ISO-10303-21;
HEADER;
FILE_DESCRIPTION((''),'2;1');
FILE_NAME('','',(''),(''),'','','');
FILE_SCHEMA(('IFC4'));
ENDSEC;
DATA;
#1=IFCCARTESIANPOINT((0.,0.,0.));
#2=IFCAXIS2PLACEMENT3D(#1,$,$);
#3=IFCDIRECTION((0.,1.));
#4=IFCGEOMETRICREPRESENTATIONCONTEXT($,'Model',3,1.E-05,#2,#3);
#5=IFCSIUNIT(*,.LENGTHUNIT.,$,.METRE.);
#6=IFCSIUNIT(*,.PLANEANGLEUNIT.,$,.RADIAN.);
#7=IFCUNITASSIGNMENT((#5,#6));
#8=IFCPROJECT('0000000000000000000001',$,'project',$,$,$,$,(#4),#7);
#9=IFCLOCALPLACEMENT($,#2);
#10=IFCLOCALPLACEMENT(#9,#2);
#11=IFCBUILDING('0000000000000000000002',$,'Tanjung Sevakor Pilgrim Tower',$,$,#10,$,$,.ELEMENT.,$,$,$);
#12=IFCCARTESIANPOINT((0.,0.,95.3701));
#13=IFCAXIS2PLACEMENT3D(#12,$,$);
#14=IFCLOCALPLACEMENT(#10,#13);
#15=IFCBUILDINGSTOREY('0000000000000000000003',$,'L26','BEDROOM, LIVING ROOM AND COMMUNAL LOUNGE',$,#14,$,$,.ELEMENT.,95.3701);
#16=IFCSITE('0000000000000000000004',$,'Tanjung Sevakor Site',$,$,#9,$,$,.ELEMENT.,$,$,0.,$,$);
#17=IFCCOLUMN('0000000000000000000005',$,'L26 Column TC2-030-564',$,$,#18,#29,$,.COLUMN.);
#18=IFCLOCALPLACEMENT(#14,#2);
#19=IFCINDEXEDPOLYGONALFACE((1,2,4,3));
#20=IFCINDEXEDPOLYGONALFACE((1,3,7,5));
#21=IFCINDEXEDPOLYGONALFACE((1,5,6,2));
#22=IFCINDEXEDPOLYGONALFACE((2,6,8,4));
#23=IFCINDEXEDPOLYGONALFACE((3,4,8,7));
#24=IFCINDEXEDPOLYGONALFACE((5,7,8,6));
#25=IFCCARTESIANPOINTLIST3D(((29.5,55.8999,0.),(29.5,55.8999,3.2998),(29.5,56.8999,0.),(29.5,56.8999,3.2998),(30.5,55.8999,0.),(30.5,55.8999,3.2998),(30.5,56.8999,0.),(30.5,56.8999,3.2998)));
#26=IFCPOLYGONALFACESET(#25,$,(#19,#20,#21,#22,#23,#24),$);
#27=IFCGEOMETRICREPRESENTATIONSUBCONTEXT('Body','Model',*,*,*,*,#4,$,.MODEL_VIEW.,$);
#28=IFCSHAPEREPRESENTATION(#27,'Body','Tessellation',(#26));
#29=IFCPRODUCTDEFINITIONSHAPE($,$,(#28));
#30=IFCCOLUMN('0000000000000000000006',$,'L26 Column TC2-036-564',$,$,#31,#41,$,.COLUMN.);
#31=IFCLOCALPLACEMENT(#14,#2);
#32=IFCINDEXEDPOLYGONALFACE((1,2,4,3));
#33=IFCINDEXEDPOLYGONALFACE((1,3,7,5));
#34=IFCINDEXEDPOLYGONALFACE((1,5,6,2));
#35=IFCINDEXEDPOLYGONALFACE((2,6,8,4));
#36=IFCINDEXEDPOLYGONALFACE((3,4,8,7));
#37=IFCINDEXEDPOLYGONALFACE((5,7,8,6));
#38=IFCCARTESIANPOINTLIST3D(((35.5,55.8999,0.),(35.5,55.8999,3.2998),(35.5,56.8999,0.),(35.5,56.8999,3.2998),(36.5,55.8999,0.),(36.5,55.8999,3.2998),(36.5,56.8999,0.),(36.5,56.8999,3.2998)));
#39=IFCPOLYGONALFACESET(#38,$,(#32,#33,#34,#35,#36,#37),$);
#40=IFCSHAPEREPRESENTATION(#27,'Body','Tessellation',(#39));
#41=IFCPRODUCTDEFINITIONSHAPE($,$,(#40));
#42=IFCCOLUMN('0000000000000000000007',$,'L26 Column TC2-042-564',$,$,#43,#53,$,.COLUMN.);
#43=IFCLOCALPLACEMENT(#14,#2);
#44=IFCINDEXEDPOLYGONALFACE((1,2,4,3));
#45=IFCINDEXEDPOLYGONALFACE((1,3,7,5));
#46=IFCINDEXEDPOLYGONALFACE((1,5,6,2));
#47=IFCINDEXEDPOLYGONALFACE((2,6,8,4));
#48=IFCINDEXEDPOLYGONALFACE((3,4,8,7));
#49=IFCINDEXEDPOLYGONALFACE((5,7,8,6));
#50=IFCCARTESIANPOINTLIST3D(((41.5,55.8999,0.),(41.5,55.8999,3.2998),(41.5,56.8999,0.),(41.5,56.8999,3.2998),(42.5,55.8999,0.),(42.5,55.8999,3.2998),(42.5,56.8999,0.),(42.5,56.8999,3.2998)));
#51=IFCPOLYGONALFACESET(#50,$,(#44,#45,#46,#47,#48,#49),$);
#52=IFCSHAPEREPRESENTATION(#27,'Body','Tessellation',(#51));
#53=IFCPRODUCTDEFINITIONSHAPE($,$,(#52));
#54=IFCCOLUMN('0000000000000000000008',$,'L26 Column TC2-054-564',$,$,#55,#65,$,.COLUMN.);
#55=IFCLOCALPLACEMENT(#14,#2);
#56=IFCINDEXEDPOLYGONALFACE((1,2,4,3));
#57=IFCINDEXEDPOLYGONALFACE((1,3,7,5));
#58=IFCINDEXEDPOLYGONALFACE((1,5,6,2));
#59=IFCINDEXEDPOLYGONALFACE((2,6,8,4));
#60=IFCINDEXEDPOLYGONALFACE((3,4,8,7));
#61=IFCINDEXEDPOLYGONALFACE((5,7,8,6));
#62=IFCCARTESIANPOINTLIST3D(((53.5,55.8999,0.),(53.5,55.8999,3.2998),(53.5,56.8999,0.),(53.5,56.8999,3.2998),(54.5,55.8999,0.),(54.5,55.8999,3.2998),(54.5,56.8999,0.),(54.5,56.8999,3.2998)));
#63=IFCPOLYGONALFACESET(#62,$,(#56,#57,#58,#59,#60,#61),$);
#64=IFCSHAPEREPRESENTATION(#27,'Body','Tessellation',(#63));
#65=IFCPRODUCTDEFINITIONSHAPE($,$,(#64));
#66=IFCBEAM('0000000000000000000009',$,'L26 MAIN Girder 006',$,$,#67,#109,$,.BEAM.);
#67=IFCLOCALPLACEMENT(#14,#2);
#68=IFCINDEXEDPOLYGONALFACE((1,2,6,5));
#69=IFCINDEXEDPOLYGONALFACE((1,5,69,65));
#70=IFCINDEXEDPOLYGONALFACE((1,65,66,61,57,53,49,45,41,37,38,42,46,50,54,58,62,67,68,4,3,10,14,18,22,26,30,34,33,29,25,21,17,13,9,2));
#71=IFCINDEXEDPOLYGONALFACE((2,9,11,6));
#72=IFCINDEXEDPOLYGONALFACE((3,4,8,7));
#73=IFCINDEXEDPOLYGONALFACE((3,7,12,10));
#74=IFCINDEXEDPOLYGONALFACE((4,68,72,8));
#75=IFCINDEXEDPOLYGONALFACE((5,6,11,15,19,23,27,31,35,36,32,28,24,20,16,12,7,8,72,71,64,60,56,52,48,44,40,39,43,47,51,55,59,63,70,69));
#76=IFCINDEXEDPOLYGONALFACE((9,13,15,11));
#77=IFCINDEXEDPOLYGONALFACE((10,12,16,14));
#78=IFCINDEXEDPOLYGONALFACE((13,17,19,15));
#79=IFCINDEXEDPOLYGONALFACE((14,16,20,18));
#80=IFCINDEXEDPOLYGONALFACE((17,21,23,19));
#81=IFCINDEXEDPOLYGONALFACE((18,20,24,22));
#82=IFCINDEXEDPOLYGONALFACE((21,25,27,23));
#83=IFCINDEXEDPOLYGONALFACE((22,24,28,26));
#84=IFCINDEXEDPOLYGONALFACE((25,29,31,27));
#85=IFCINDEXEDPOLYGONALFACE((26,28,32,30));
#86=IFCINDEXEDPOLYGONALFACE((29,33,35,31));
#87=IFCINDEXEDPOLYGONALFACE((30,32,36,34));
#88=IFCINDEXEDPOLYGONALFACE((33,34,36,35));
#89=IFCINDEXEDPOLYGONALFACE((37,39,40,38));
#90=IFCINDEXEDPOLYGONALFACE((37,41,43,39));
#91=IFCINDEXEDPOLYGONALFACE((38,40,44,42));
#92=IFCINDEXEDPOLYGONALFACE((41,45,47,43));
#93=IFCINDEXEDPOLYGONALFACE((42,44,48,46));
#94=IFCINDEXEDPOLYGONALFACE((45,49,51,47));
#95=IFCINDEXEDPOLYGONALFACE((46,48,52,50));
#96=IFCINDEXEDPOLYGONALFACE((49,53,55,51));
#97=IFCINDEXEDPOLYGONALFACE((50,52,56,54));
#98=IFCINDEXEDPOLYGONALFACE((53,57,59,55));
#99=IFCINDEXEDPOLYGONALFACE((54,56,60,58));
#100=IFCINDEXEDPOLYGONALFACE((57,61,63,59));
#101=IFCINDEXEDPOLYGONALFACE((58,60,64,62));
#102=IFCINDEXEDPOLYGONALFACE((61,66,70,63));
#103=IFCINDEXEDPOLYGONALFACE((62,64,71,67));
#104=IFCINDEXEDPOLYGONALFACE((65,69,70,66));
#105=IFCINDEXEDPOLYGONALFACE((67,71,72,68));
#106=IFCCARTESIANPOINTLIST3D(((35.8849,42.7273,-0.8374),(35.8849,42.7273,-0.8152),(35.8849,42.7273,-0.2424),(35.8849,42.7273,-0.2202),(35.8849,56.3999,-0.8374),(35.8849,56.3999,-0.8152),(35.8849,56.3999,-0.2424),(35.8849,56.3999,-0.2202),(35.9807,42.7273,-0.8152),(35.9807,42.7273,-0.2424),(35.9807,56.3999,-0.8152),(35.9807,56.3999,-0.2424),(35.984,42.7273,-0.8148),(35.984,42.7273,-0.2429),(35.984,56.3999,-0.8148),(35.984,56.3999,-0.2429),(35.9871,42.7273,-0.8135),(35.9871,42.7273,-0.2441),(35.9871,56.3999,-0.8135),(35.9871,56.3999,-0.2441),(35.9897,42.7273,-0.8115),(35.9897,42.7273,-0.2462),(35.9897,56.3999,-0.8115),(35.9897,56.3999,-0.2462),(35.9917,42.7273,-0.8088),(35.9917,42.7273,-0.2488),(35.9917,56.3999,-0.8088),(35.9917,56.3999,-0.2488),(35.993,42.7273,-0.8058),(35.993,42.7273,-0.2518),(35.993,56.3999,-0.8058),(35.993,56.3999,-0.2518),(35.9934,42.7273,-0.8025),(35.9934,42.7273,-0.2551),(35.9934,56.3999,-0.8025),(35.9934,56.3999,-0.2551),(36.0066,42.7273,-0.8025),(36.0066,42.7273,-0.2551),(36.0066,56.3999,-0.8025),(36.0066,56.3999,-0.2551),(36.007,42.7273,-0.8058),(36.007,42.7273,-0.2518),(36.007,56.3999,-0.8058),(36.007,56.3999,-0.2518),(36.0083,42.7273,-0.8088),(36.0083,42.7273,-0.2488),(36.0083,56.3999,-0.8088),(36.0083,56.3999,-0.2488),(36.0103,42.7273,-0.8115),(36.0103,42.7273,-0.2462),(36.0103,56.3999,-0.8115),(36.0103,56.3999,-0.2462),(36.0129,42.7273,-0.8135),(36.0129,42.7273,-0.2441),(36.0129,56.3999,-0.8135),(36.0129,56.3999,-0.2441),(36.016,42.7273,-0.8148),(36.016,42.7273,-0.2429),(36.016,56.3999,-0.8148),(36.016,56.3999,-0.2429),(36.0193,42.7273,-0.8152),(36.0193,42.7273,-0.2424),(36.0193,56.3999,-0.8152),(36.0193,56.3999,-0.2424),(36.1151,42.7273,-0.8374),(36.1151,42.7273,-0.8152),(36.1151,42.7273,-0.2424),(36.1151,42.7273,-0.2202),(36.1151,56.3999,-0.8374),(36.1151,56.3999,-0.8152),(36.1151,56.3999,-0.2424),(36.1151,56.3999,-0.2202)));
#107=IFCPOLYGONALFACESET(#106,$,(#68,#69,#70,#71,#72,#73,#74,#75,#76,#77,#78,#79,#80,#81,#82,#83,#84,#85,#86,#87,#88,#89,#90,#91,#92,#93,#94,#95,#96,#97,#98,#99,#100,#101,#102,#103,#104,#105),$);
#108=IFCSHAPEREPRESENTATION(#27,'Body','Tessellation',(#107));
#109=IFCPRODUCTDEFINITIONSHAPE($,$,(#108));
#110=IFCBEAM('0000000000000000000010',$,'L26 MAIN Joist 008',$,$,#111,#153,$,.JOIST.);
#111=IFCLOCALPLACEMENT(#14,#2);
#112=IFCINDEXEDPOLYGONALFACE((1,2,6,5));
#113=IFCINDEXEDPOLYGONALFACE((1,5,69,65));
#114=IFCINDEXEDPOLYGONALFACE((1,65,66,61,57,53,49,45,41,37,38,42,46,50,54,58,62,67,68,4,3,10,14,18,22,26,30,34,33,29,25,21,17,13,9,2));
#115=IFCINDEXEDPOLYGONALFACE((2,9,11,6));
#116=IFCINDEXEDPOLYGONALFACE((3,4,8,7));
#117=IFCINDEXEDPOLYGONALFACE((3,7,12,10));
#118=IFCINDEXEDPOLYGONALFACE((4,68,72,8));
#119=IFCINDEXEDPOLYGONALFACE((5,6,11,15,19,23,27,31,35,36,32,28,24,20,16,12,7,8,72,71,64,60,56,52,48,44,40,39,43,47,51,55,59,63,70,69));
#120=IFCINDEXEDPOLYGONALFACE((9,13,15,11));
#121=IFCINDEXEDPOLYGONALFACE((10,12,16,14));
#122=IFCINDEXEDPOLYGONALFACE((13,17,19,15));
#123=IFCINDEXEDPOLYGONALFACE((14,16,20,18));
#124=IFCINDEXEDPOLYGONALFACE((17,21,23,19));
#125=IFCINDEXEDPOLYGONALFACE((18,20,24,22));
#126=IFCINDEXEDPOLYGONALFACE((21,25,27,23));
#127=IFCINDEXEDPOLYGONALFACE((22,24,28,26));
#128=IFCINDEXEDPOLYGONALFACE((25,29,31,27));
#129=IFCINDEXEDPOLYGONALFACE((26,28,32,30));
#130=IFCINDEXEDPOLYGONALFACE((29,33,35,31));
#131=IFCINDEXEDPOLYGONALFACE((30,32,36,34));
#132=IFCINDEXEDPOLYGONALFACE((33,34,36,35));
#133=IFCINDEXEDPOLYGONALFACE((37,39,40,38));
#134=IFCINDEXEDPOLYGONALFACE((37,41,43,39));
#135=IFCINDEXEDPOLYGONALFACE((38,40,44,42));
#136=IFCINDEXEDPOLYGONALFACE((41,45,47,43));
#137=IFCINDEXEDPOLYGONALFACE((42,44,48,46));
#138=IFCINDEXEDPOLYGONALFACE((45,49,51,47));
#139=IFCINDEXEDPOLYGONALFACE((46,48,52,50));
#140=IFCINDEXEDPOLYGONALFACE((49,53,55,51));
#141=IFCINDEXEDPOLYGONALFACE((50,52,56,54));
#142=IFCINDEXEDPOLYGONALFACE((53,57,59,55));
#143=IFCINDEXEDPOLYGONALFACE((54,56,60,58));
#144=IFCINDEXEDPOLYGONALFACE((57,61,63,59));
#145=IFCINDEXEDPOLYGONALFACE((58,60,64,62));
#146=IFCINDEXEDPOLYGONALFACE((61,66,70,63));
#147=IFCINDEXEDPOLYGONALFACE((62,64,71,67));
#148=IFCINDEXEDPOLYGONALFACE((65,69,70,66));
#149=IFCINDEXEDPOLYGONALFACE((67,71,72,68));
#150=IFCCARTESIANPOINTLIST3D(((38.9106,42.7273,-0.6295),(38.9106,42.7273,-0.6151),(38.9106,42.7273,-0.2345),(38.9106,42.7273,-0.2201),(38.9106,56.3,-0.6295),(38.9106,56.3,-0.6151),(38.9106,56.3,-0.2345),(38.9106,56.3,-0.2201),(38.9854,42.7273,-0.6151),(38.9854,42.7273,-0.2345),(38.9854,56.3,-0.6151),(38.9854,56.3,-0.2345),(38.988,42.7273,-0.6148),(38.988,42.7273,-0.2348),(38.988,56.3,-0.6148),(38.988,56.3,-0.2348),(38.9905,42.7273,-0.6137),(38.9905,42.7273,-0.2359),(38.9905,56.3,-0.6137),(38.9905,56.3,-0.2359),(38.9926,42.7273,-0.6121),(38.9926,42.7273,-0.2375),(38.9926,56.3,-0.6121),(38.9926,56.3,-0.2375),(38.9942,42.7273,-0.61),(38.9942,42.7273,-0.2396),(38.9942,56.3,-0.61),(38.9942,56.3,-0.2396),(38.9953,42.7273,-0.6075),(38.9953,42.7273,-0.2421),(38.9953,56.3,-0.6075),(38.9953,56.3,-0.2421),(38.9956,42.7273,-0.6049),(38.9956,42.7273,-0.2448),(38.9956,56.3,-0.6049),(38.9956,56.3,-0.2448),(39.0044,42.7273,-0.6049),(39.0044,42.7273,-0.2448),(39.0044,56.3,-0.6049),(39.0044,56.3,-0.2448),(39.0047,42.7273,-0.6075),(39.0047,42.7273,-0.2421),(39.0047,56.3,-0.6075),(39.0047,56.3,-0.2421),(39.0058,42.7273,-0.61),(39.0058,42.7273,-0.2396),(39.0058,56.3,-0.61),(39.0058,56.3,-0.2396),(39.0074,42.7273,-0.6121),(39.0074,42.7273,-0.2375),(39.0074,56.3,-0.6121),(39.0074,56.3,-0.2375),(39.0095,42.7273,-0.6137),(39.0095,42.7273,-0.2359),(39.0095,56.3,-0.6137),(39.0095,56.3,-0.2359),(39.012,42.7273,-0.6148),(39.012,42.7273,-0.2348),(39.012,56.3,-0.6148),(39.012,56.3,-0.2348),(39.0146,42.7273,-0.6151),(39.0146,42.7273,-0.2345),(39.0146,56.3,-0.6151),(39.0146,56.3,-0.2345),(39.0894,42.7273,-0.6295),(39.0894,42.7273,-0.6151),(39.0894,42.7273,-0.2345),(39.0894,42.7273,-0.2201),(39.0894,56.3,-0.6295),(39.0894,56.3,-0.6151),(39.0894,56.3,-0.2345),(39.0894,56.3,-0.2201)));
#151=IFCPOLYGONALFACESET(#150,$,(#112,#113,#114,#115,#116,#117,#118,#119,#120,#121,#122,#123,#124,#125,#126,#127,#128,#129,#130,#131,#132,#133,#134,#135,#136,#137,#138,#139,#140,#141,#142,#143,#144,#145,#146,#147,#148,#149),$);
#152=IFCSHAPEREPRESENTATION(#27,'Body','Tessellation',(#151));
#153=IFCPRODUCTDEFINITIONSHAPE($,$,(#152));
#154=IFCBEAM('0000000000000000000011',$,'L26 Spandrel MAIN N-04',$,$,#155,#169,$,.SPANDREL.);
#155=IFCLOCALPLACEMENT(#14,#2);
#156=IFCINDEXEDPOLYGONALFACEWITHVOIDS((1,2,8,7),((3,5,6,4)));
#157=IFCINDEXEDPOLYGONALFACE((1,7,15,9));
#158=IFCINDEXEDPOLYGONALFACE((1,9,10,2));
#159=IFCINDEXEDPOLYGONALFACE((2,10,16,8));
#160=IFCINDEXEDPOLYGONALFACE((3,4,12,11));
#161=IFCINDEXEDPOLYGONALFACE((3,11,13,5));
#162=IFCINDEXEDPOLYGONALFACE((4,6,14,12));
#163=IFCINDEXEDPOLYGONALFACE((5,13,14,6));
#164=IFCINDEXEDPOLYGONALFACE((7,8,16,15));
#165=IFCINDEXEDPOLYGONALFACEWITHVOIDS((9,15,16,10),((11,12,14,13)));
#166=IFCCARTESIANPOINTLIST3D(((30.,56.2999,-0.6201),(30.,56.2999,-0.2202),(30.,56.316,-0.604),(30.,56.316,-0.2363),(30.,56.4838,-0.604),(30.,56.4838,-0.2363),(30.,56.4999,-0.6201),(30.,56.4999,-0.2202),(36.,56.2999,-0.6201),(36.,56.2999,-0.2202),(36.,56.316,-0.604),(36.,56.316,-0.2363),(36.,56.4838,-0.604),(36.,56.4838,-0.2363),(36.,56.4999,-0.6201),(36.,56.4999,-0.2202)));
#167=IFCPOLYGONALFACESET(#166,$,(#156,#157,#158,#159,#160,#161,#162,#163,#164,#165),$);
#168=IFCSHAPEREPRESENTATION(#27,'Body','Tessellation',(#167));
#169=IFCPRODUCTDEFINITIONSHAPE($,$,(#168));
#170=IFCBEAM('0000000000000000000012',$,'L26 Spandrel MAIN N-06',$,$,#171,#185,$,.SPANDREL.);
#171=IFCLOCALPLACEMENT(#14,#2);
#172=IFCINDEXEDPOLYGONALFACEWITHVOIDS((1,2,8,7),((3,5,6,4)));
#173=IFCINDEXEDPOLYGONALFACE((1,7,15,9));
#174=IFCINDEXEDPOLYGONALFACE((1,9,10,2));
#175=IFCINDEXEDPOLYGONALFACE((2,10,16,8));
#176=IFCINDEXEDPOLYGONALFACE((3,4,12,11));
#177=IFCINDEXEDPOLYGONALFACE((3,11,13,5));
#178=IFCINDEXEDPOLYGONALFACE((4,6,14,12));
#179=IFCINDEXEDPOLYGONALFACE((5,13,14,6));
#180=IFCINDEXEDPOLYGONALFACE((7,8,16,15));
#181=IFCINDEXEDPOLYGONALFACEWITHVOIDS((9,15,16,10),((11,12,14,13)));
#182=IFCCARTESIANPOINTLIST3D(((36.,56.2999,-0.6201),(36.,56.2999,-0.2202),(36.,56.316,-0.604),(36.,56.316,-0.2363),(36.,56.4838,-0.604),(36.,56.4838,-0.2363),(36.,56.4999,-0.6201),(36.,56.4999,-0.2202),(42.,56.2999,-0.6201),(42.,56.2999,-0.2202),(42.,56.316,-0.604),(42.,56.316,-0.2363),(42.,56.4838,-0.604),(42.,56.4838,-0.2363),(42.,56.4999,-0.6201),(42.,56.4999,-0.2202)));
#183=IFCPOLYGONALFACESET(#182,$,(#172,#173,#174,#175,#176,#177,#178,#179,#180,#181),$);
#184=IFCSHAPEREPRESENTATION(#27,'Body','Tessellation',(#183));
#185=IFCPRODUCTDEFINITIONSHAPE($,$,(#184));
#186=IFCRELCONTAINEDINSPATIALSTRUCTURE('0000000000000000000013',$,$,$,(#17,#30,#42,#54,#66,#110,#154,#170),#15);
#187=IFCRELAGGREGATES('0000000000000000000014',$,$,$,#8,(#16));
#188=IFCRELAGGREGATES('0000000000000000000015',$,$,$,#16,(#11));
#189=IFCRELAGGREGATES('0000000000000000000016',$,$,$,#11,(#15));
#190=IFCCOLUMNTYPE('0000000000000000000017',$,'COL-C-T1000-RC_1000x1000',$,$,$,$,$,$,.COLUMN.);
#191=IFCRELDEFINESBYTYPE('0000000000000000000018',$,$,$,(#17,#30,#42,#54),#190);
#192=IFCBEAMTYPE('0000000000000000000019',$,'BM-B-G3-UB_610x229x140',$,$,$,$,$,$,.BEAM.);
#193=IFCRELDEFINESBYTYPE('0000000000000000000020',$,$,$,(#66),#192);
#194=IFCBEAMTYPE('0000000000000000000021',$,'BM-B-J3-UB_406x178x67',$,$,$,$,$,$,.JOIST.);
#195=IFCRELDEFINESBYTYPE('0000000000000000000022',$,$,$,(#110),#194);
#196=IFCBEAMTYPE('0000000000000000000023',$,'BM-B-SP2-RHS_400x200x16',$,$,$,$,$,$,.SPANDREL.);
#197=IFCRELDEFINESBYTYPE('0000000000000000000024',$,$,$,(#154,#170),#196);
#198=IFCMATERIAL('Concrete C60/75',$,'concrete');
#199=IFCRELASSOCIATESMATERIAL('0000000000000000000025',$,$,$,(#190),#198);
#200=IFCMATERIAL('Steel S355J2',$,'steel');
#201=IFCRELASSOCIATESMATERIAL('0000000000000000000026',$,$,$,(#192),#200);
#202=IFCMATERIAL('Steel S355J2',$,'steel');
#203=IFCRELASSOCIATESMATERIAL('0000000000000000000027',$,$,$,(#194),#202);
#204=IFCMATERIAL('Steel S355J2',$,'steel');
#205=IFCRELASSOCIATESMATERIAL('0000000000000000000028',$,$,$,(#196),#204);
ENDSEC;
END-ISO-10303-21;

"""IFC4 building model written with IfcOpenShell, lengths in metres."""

from ifc_helpers import new_model, si_unit, direction, frame, origin, origin_2d, place, context, subcontext, project, spatial, rectangle, hollow_rectangle, i_section, extrude, material, material_profile, profile_set, type_object, element, save


model = new_model("IFC4")

# Units and contexts
model_context = context("Model", 3, precision=1e-05, world=origin(), true_north=direction((0.0, 1.0)))
body_context = subcontext(model_context, "Body", "Model", "MODEL_VIEW")
ifc_project = project(units=[si_unit("LENGTHUNIT", "METRE"), si_unit("PLANEANGLEUNIT", "RADIAN")], contexts=[model_context])

# Site, building, storey
site_placement = place(None, origin())
site = spatial("IfcSite", under=ifc_project, at=site_placement, Name="Tanjung Sevakor Site", CompositionType="ELEMENT", RefElevation=0.0)
building_placement = place(site_placement, origin())
building = spatial("IfcBuilding", under=site, at=building_placement, Name="Tanjung Sevakor Pilgrim Tower", CompositionType="ELEMENT")
storey_placement = place(building_placement, frame((0.0, 0.0, 95.3701)))
storey = spatial("IfcBuildingStorey", under=building, at=storey_placement, Name="L26", Description="BEDROOM, LIVING ROOM AND COMMUNAL LOUNGE", CompositionType="ELEMENT", Elevation=95.3701)

# Columns
ifc_material_1 = material(Name="Concrete C60/75", Category="concrete")
ifc_material_profile_1 = material_profile(ifc_material_1, rectangle(XDim=1.0, YDim=1.0, at=origin_2d()))
ifc_profile_set_1 = profile_set([ifc_material_profile_1], Name="Concrete C60/75")
column_type = type_object("IfcColumnType", Name="COL-C-T1000-RC_1000x1000", PredefinedType="COLUMN", material=ifc_profile_set_1)
for number, where, z_axis, x_axis, name in (
    (1, (30.0, 56.3999, 0.0), (0.0, 0.0, 1.0), (1.0, 0.0, 0.0), "L26 Column TC2-030-564"),
    (2, (36.0, 56.3999, 0.0), (0.0, 0.0, 1.0), (1.0, 0.0, 0.0), "L26 Column TC2-036-564"),
    (3, (42.0, 56.3999, 0.0), (0.0, 0.0, 1.0), (1.0, 0.0, 0.0), "L26 Column TC2-042-564"),
    (4, (54.0, 56.3999, 0.0), (0.0, 0.0, 1.0), (1.0, 0.0, 0.0), "L26 Column TC2-054-564"),
):
    element("IfcColumn", number, at=place(storey_placement, frame(where, z_axis=z_axis, x_axis=x_axis)), inside=storey, type_object=column_type, Name=name, PredefinedType="COLUMN", context=body_context, shape_type="SweptSolid", body=[
        extrude(rectangle(XDim=1.0, YDim=1.0, at=origin_2d()), origin(), (0.0, 0.0, 1.0), 3.2998),
    ])

# Beams
ifc_material_2 = material(Name="Steel S355J2", Category="steel")
ifc_material_profile_2 = material_profile(ifc_material_2, i_section(OverallWidth=0.2302, OverallDepth=0.6172, WebThickness=0.0132, FlangeThickness=0.0222, FilletRadius=0.0127, at=origin_2d()))
ifc_profile_set_2 = profile_set([ifc_material_profile_2], Name="Steel S355J2")
beam_type_1 = type_object("IfcBeamType", Name="BM-B-G3-UB_610x229x140", PredefinedType="BEAM", material=ifc_profile_set_2)
beam_1_placement = place(storey_placement, frame((36.0, 42.7273, -0.5288), z_axis=(0.0, 1.0, 0.0), x_axis=(-1.0, 0.0, 0.0)))
element("IfcBeam", 5, at=beam_1_placement, inside=storey, type_object=beam_type_1, Name="L26 MAIN Girder 006", PredefinedType="BEAM", context=body_context, shape_type="SweptSolid", body=[
    extrude(i_section(OverallWidth=0.2302, OverallDepth=0.6172, WebThickness=0.0132, FlangeThickness=0.0222, FilletRadius=0.0127, at=origin_2d()), origin(), (0.0, 0.0, 1.0), 13.6726),
])
ifc_material_3 = material(Name="Steel S355J2", Category="steel")
ifc_material_profile_3 = material_profile(ifc_material_3, i_section(OverallWidth=0.1787, OverallDepth=0.4094, WebThickness=0.0088, FlangeThickness=0.0144, FilletRadius=0.0103, at=origin_2d()))
ifc_profile_set_3 = profile_set([ifc_material_profile_3], Name="Steel S355J2")
beam_type_2 = type_object("IfcBeamType", Name="BM-B-J3-UB_406x178x67", PredefinedType="JOIST", material=ifc_profile_set_3)
beam_2_placement = place(storey_placement, frame((39.0, 42.7273, -0.4248), z_axis=(0.0, 1.0, 0.0), x_axis=(-1.0, 0.0, 0.0)))
element("IfcBeam", 6, at=beam_2_placement, inside=storey, type_object=beam_type_2, Name="L26 MAIN Joist 008", PredefinedType="JOIST", context=body_context, shape_type="SweptSolid", body=[
    extrude(i_section(OverallWidth=0.1787, OverallDepth=0.4094, WebThickness=0.0088, FlangeThickness=0.0144, FilletRadius=0.0103, at=origin_2d()), origin(), (0.0, 0.0, 1.0), 13.5728),
])
ifc_material_4 = material(Name="Steel S355J2", Category="steel")
ifc_material_profile_4 = material_profile(ifc_material_4, hollow_rectangle(XDim=0.2, YDim=0.3999, WallThickness=0.0161, at=origin_2d()))
ifc_profile_set_4 = profile_set([ifc_material_profile_4], Name="Steel S355J2")
beam_type_3 = type_object("IfcBeamType", Name="BM-B-SP2-RHS_400x200x16", PredefinedType="SPANDREL", material=ifc_profile_set_4)
for number, where, z_axis, x_axis, name in (
    (7, (30.0, 56.3999, -0.4202), (1.0, 0.0, 0.0), (0.0, 1.0, 0.0), "L26 Spandrel MAIN N-04"),
    (8, (36.0, 56.3999, -0.4202), (1.0, 0.0, 0.0), (0.0, 1.0, 0.0), "L26 Spandrel MAIN N-06"),
):
    element("IfcBeam", number, at=place(storey_placement, frame(where, z_axis=z_axis, x_axis=x_axis)), inside=storey, type_object=beam_type_3, Name=name, PredefinedType="SPANDREL", context=body_context, shape_type="SweptSolid", body=[
        extrude(hollow_rectangle(XDim=0.2, YDim=0.3999, WallThickness=0.0161, at=origin_2d()), origin(), (0.0, 0.0, 1.0), 6.0),
    ])

save(model, "model.ifc")
